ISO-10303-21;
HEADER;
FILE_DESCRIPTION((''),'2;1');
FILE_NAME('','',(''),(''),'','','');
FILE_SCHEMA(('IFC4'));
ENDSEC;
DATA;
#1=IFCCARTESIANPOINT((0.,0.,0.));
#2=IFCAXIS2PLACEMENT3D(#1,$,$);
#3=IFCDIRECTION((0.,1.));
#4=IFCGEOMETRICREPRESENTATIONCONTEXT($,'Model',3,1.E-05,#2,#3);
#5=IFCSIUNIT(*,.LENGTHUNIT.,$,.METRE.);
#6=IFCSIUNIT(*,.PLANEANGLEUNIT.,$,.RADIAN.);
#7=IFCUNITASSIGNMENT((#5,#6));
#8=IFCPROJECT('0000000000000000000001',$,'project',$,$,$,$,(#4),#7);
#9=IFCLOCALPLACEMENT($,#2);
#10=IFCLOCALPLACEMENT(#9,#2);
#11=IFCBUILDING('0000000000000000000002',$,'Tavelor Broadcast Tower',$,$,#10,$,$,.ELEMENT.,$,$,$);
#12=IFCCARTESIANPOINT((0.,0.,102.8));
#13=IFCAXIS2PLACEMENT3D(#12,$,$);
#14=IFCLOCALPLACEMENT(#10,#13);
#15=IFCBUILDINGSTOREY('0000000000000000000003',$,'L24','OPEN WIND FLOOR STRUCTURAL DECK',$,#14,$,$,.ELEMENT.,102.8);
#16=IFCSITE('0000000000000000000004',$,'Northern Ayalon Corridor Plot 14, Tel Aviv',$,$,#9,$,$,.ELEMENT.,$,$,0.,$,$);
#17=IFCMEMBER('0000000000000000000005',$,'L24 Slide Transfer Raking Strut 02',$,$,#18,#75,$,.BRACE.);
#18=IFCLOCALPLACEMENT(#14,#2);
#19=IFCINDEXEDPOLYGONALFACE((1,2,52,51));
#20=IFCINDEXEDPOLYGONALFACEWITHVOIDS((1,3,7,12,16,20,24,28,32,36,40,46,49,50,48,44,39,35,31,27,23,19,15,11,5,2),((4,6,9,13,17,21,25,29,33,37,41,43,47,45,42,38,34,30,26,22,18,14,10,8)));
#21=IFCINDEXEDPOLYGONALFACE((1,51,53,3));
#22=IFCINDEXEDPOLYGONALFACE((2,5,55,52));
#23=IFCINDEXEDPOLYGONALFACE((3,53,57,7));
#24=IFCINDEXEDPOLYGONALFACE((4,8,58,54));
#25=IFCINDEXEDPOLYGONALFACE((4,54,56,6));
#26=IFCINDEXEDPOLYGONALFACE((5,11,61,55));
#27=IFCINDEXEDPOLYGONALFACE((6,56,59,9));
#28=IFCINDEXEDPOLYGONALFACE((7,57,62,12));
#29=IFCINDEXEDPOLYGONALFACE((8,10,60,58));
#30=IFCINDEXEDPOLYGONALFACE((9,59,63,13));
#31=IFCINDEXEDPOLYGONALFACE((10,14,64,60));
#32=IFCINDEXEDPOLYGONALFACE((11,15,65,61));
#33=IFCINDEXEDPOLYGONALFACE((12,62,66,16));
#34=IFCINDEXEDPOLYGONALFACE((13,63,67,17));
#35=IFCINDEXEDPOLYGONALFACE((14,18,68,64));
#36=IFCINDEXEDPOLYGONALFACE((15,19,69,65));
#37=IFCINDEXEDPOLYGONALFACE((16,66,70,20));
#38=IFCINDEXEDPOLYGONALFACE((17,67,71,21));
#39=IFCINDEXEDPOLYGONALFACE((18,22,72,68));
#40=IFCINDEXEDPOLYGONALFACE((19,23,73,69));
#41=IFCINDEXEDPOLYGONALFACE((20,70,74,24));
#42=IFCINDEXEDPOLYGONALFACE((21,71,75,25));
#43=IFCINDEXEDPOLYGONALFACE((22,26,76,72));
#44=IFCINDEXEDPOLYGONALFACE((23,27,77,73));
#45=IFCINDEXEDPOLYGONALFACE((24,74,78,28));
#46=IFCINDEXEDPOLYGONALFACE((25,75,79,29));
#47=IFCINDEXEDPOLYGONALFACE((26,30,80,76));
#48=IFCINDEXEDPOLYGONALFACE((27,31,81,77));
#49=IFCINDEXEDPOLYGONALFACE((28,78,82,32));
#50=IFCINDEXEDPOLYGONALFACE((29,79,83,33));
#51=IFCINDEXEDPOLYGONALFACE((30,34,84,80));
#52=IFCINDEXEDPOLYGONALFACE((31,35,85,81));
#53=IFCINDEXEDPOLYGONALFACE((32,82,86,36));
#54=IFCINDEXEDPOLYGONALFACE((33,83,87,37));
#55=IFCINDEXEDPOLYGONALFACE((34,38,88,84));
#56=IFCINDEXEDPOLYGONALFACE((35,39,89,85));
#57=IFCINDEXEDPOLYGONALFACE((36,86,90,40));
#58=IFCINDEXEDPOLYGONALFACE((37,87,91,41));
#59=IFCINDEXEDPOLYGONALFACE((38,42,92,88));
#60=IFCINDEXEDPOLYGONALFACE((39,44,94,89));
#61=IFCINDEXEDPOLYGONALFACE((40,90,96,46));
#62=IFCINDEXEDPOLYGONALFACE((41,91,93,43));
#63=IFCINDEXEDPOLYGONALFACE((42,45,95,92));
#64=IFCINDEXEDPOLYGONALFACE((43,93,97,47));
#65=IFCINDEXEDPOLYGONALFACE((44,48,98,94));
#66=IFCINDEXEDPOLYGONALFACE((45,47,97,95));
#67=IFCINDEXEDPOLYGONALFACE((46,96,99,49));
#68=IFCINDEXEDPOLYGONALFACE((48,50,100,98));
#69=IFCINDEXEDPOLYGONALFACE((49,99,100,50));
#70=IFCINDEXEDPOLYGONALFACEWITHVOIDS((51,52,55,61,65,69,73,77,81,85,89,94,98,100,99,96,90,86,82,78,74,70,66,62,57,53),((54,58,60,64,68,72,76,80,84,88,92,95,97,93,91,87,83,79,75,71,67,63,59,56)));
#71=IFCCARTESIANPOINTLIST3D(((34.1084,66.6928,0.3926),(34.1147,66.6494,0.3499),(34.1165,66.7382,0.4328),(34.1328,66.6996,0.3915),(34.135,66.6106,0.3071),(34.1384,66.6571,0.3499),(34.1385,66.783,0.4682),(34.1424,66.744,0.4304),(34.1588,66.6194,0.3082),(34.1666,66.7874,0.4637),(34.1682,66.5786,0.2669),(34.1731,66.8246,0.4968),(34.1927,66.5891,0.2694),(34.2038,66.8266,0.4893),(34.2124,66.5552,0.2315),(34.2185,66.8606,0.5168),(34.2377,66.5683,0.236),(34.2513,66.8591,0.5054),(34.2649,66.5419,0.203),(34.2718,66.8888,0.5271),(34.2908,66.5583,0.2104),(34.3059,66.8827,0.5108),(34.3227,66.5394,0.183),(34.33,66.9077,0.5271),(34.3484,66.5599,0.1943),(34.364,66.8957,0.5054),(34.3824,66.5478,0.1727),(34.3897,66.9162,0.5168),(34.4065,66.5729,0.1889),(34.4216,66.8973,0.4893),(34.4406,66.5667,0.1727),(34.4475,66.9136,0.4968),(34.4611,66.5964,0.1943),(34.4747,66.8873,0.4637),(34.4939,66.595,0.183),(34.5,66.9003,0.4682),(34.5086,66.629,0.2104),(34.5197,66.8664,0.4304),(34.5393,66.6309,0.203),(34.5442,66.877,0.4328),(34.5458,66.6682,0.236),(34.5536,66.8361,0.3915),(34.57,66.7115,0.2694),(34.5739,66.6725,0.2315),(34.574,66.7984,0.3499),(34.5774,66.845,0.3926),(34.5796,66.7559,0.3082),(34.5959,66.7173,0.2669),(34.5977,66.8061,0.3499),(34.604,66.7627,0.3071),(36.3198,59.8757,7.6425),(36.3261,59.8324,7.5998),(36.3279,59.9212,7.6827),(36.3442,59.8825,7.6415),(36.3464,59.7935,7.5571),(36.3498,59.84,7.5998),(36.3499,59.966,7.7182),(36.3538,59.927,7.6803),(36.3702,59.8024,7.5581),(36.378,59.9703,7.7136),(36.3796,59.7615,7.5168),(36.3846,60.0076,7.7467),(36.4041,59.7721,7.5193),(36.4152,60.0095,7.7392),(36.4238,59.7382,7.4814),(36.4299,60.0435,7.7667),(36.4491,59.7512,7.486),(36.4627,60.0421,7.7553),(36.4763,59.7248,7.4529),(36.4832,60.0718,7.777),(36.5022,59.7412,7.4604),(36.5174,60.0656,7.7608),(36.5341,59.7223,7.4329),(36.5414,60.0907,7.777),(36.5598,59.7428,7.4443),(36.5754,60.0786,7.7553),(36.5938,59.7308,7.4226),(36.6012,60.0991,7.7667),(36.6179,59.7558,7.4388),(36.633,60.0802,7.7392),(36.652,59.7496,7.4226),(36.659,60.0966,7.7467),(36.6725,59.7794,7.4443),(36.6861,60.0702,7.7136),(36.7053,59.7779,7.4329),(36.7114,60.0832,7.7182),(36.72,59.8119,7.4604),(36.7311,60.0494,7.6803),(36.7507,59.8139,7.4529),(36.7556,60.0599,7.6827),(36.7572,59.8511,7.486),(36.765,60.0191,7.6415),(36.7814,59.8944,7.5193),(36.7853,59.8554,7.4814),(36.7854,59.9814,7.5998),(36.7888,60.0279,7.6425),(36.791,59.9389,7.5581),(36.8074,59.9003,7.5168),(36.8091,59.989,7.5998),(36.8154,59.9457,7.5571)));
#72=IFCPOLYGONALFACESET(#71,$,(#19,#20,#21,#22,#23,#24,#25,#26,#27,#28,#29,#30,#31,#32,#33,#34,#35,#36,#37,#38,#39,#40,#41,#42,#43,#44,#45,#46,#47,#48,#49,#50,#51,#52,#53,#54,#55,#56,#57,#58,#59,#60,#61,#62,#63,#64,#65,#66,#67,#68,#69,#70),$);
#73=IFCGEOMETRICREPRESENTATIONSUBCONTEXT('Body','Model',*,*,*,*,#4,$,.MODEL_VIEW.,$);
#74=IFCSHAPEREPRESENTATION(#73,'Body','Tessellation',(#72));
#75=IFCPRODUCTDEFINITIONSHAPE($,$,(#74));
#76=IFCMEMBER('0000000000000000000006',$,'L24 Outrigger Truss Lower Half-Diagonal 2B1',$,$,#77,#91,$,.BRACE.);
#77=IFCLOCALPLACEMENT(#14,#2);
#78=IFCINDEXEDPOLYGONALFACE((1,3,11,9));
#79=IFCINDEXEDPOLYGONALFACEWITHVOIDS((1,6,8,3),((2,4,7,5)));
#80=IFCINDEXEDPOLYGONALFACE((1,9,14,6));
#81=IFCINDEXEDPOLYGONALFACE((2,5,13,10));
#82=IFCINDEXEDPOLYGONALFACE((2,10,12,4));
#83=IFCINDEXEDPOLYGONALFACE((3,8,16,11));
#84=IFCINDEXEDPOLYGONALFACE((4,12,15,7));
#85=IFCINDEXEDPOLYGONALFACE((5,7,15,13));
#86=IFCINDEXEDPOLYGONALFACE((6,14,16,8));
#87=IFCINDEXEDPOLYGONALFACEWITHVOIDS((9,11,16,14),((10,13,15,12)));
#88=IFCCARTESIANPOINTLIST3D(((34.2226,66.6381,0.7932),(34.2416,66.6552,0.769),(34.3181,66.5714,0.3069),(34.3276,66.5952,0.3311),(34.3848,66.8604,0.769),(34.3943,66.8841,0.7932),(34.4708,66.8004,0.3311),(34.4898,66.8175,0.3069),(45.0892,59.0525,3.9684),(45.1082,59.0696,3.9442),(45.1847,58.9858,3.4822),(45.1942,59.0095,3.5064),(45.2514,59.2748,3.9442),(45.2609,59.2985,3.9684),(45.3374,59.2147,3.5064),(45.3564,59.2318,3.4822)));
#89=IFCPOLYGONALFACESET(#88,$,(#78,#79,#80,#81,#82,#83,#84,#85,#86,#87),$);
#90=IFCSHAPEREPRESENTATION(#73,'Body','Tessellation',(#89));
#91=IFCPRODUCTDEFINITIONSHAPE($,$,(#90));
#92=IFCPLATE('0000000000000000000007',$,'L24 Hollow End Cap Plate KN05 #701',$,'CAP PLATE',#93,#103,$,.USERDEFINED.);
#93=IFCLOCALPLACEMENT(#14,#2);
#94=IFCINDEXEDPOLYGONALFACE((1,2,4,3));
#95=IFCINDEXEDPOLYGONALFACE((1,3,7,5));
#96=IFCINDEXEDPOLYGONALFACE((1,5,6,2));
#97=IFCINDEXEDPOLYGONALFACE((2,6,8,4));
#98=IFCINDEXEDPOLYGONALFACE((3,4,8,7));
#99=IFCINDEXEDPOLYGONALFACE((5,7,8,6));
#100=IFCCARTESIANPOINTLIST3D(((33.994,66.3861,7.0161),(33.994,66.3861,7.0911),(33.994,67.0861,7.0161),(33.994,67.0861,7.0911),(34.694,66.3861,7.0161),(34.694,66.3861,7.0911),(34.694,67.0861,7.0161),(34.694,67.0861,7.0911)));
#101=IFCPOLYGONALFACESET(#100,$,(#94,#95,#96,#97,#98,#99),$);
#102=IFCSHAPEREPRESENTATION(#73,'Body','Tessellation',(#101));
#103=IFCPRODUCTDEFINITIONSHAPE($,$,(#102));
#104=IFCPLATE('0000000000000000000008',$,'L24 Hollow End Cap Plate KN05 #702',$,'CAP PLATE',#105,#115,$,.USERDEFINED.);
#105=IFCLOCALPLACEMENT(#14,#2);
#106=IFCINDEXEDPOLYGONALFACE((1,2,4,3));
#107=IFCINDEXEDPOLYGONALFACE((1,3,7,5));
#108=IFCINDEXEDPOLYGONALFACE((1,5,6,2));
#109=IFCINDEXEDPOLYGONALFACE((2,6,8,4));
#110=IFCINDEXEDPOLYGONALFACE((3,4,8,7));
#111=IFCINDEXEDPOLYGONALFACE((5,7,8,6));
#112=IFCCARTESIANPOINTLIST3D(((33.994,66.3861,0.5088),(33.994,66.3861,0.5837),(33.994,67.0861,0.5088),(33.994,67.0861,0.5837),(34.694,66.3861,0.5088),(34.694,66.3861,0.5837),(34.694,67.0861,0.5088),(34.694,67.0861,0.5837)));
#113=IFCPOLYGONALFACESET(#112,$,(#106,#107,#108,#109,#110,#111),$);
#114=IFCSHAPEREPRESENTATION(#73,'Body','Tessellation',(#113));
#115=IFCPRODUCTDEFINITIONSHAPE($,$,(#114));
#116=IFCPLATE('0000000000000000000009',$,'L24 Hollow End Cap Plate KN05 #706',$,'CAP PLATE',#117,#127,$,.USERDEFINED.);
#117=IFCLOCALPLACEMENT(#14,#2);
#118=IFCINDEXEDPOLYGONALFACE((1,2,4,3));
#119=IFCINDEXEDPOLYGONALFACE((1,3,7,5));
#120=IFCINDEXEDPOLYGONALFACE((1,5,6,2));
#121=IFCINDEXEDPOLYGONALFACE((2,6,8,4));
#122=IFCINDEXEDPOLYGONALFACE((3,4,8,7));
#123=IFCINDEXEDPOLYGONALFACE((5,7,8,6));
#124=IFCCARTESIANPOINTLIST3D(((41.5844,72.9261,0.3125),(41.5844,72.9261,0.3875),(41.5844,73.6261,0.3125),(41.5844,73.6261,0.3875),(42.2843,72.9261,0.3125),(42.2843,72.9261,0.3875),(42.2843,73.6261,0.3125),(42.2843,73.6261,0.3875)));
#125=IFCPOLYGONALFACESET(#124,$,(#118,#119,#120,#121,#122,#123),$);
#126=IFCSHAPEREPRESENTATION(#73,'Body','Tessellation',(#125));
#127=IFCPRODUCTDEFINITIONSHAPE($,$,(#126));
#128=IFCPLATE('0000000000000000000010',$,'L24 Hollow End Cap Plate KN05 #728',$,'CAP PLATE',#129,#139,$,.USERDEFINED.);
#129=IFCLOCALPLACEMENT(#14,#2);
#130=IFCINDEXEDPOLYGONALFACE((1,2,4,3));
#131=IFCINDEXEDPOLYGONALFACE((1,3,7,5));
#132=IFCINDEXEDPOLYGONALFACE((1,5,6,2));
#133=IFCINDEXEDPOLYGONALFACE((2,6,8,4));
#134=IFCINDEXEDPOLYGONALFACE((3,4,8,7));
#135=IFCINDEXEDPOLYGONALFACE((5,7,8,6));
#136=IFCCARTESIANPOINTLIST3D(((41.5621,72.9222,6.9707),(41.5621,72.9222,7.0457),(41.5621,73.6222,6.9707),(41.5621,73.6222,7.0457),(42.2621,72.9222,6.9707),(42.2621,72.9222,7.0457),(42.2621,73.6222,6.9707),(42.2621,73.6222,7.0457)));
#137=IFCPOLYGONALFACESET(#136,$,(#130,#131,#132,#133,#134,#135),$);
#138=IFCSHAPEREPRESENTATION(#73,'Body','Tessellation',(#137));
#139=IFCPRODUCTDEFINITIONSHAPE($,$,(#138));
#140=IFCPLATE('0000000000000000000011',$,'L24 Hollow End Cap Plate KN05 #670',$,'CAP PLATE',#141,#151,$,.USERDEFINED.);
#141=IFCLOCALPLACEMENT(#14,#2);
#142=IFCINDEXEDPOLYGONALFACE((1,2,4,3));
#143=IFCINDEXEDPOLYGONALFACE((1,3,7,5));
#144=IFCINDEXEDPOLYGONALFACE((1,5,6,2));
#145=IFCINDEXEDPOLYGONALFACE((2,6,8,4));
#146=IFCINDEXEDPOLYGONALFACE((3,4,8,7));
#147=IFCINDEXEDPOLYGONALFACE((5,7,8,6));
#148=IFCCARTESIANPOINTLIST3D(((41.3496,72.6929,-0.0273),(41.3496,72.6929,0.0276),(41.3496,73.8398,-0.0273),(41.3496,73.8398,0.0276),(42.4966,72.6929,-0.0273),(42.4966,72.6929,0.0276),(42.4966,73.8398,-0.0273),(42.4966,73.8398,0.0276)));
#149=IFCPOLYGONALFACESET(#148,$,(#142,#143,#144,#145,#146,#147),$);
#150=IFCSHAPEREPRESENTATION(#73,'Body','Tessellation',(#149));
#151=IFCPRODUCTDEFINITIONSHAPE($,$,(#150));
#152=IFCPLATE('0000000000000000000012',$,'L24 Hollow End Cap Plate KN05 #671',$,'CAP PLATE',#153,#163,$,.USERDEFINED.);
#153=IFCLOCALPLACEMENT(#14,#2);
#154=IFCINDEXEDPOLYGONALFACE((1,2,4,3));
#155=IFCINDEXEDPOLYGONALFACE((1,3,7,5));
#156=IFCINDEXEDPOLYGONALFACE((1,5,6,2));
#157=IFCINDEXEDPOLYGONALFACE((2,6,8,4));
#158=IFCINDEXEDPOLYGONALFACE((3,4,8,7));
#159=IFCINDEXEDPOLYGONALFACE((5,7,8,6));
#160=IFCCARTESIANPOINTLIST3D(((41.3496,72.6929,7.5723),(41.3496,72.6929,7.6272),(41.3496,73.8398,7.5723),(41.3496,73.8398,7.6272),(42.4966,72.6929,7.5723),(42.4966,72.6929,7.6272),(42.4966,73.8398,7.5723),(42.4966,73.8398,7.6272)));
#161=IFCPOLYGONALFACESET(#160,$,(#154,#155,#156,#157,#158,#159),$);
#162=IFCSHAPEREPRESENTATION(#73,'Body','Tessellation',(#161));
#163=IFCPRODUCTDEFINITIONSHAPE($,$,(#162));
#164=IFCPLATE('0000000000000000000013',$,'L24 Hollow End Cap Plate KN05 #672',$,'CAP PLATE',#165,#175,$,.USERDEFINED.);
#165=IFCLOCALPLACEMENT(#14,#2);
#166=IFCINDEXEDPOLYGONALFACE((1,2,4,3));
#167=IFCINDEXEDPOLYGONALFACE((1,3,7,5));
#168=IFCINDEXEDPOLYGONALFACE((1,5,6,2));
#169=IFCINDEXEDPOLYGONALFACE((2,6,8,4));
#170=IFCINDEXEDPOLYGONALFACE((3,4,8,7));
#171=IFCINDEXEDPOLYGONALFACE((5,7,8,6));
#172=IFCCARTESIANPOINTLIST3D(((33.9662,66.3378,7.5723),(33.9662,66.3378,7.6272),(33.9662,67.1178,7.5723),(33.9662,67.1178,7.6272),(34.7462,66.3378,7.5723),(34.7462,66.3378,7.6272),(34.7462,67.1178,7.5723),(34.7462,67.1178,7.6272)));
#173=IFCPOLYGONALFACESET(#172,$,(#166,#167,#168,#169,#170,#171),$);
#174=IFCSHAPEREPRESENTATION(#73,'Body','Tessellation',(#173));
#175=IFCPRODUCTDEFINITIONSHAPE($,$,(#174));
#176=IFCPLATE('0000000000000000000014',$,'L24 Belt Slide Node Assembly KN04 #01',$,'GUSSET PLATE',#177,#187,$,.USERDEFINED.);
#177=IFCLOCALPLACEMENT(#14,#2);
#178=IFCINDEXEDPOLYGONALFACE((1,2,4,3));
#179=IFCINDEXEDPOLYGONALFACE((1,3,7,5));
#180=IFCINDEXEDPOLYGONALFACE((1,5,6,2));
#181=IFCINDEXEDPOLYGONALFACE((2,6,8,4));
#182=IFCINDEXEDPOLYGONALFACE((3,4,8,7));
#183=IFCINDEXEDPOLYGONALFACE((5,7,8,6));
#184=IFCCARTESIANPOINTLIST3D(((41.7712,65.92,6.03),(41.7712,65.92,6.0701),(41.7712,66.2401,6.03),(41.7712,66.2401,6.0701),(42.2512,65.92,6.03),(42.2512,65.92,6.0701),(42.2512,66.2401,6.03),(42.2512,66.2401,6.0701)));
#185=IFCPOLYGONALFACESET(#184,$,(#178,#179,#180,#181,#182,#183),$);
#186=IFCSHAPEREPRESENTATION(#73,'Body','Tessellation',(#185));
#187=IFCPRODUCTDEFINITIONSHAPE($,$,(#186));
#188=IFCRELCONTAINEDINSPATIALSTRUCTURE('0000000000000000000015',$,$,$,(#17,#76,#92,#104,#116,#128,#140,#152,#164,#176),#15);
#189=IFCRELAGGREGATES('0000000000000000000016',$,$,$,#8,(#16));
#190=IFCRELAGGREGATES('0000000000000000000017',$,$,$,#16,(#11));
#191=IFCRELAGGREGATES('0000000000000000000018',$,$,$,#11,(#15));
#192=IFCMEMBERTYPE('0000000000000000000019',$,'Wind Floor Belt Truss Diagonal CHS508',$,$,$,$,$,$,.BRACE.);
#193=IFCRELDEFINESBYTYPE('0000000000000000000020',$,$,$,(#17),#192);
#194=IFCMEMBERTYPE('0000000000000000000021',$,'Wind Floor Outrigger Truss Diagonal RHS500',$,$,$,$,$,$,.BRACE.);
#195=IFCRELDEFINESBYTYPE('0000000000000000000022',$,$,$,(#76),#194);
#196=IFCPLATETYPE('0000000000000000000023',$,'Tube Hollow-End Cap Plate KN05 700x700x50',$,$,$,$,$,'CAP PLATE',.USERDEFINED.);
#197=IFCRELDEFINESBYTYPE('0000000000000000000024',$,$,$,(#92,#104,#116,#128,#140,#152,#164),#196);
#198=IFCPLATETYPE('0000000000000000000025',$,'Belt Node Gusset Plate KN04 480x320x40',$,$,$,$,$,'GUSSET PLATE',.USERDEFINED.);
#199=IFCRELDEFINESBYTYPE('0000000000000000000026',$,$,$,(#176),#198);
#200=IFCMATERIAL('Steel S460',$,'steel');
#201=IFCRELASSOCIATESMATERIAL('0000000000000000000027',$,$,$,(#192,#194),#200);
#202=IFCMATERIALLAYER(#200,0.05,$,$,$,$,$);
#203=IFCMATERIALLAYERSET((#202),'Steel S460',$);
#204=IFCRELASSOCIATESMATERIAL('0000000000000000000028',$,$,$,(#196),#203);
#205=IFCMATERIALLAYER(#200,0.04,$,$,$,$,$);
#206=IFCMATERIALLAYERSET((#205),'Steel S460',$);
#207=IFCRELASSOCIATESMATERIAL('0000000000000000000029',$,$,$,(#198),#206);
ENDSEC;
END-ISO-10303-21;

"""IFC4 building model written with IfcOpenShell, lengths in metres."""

from ifc_helpers import new_model, si_unit, direction, frame, origin, origin_2d, place, context, subcontext, project, spatial, rectangle, hollow_rectangle, hollow_circle, extrude, source, transform, mapped, material, layer, layer_set, material_profile, profile_set, type_object, type_shapes, element, save


model = new_model("IFC4")

# Units and contexts
model_context = context("Model", 3, precision=1e-05, world=origin(), true_north=direction((0.0, 1.0)))
body_context = subcontext(model_context, "Body", "Model", "MODEL_VIEW")
ifc_project = project(units=[si_unit("LENGTHUNIT", "METRE"), si_unit("PLANEANGLEUNIT", "RADIAN")], contexts=[model_context])

# Site, building, storey
site_placement = place(None, origin())
site = spatial("IfcSite", under=ifc_project, at=site_placement, Name="Northern Ayalon Corridor Plot 14, Tel Aviv", CompositionType="ELEMENT", RefElevation=0.0)
building_placement = place(site_placement, origin())
building = spatial("IfcBuilding", under=site, at=building_placement, Name="Tavelor Broadcast Tower", CompositionType="ELEMENT")
storey_placement = place(building_placement, frame((0.0, 0.0, 102.8)))
storey = spatial("IfcBuildingStorey", under=building, at=storey_placement, Name="L24", Description="OPEN WIND FLOOR STRUCTURAL DECK", CompositionType="ELEMENT", Elevation=102.8)

# Shared definitions
ifc_material_1 = material(Name="Steel S460", Category="steel")

# Members
ifc_material_profile_1 = material_profile(ifc_material_1, hollow_circle(Radius=0.2539, WallThickness=0.0249, at=origin_2d()), Name="CHS 508x25")
ifc_profile_set_1 = profile_set([ifc_material_profile_1], Name="Steel S460")
member_type_1 = type_object("IfcMemberType", Name="Wind Floor Belt Truss Diagonal CHS508", PredefinedType="BRACE", material=ifc_profile_set_1)
member_1_placement = place(storey_placement, frame((34.3562, 66.7278, 0.3499), z_axis=(0.216925, -0.668712, 0.711173), x_axis=(0.951204, 0.308563, 0.0)))
element("IfcMember", 1, at=member_1_placement, inside=storey, type_object=member_type_1, Name="L24 Slide Transfer Raking Strut 02", PredefinedType="BRACE", context=body_context, shape_type="SweptSolid", body=[
    extrude(hollow_circle(Radius=0.2539, WallThickness=0.0249, at=origin_2d()), origin(), (0.0, 0.0, 1.0), 10.1943),
])
ifc_material_profile_2 = material_profile(ifc_material_1, hollow_rectangle(XDim=0.3, YDim=0.5, WallThickness=0.0249, at=origin_2d()), Name="RHS 500x300x25")
ifc_profile_set_2 = profile_set([ifc_material_profile_2], Name="Steel S460")
member_type_2 = type_object("IfcMemberType", Name="Wind Floor Outrigger Truss Diagonal RHS500", PredefinedType="BRACE", material=ifc_profile_set_2)
member_2_placement = place(storey_placement, frame((34.3562, 66.7278, 0.55), z_axis=(0.797406, -0.556644, 0.233005), x_axis=(0.572399, 0.819976, 0.0)))
element("IfcMember", 2, at=member_2_placement, inside=storey, type_object=member_type_2, Name="L24 Outrigger Truss Lower Half-Diagonal 2B1", PredefinedType="BRACE", context=body_context, shape_type="SweptSolid", body=[
    extrude(hollow_rectangle(XDim=0.3, YDim=0.5, WallThickness=0.0249, at=origin_2d()), origin(), (0.0, 0.0, 1.0), 13.6274),
])

# Plates
ifc_layer_1 = layer(ifc_material_1, 0.05)
ifc_layer_set_1 = layer_set([ifc_layer_1], Name="Steel S460")
plate_type_1 = type_object("IfcPlateType", Name="Tube Hollow-End Cap Plate KN05 700x700x50", ElementType="CAP PLATE", PredefinedType="USERDEFINED", material=ifc_layer_set_1)
shared_shape_1 = source(origin(), body_context, "Body", "SweptSolid", [
    extrude(rectangle(XDim=0.7, YDim=0.7, at=origin_2d()), origin(), (0.0, 0.0, 1.0), 0.075),
])
for number, where, z_axis, x_axis, name in (
    (3, (34.344, 66.7361, 7.0161), (0.0, 0.0, 1.0), (1.0, 0.0, 0.0), "L24 Hollow End Cap Plate KN05 #701"),
    (4, (34.344, 66.7361, 0.5088), (0.0, 0.0, 1.0), (1.0, 0.0, 0.0), "L24 Hollow End Cap Plate KN05 #702"),
    (5, (41.9343, 73.2761, 0.3125), (0.0, 0.0, 1.0), (1.0, 0.0, 0.0), "L24 Hollow End Cap Plate KN05 #706"),
    (6, (41.9121, 73.2722, 6.9707), (0.0, 0.0, 1.0), (1.0, 0.0, 0.0), "L24 Hollow End Cap Plate KN05 #728"),
):
    element("IfcPlate", number, at=place(storey_placement, frame(where, z_axis=z_axis, x_axis=x_axis)), inside=storey, type_object=plate_type_1, Name=name, ObjectType="CAP PLATE", PredefinedType="USERDEFINED", context=body_context, shape_type="MappedRepresentation", body=[
        mapped(shared_shape_1, transform((0.0, 0.0, 0.0), scale=1.0)),
    ])
shared_shape_2 = source(origin(), body_context, "Body", "SweptSolid", [
    extrude(rectangle(XDim=1.147, YDim=1.147, at=origin_2d()), origin(), (0.0, 0.0, 1.0), 0.0549),
])
for number, where, z_axis, x_axis, name in (
    (7, (41.9231, 73.2664, -0.0273), (0.0, 0.0, 1.0), (1.0, 0.0, 0.0), "L24 Hollow End Cap Plate KN05 #670"),
    (8, (41.9231, 73.2664, 7.5723), (0.0, 0.0, 1.0), (1.0, 0.0, 0.0), "L24 Hollow End Cap Plate KN05 #671"),
):
    element("IfcPlate", number, at=place(storey_placement, frame(where, z_axis=z_axis, x_axis=x_axis)), inside=storey, type_object=plate_type_1, Name=name, ObjectType="CAP PLATE", PredefinedType="USERDEFINED", context=body_context, shape_type="MappedRepresentation", body=[
        mapped(shared_shape_2, transform((0.0, 0.0, 0.0), scale=1.0)),
    ])
shared_shape_3 = source(origin(), body_context, "Body", "SweptSolid", [
    extrude(rectangle(XDim=0.78, YDim=0.78, at=origin_2d()), origin(), (0.0, 0.0, 1.0), 0.0549),
])
type_shapes(plate_type_1, [shared_shape_1, shared_shape_2, shared_shape_3])
plate_1_placement = place(storey_placement, frame((34.3562, 66.7278, 7.5723), z_axis=(0.0, 0.0, 1.0), x_axis=(1.0, 0.0, 0.0)))
element("IfcPlate", 9, at=plate_1_placement, inside=storey, type_object=plate_type_1, Name="L24 Hollow End Cap Plate KN05 #672", ObjectType="CAP PLATE", PredefinedType="USERDEFINED", context=body_context, shape_type="MappedRepresentation", body=[
    mapped(shared_shape_3, transform((0.0, 0.0, 0.0), scale=1.0)),
])
ifc_layer_2 = layer(ifc_material_1, 0.04)
ifc_layer_set_2 = layer_set([ifc_layer_2], Name="Steel S460")
plate_type_2 = type_object("IfcPlateType", Name="Belt Node Gusset Plate KN04 480x320x40", ElementType="GUSSET PLATE", PredefinedType="USERDEFINED", material=ifc_layer_set_2)
shared_shape_4 = source(origin(), body_context, "Body", "SweptSolid", [
    extrude(rectangle(XDim=0.48, YDim=0.3201, at=origin_2d()), origin(), (0.0, 0.0, 1.0), 0.04),
])
type_shapes(plate_type_2, [shared_shape_4])
plate_2_placement = place(storey_placement, frame((42.0112, 66.0801, 6.03), z_axis=(0.0, 0.0, 1.0), x_axis=(1.0, 0.0, 0.0)))
element("IfcPlate", 10, at=plate_2_placement, inside=storey, type_object=plate_type_2, Name="L24 Belt Slide Node Assembly KN04 #01", ObjectType="GUSSET PLATE", PredefinedType="USERDEFINED", context=body_context, shape_type="MappedRepresentation", body=[
    mapped(shared_shape_4, transform((0.0, 0.0, 0.0), scale=1.0)),
])

save(model, "model.ifc")
